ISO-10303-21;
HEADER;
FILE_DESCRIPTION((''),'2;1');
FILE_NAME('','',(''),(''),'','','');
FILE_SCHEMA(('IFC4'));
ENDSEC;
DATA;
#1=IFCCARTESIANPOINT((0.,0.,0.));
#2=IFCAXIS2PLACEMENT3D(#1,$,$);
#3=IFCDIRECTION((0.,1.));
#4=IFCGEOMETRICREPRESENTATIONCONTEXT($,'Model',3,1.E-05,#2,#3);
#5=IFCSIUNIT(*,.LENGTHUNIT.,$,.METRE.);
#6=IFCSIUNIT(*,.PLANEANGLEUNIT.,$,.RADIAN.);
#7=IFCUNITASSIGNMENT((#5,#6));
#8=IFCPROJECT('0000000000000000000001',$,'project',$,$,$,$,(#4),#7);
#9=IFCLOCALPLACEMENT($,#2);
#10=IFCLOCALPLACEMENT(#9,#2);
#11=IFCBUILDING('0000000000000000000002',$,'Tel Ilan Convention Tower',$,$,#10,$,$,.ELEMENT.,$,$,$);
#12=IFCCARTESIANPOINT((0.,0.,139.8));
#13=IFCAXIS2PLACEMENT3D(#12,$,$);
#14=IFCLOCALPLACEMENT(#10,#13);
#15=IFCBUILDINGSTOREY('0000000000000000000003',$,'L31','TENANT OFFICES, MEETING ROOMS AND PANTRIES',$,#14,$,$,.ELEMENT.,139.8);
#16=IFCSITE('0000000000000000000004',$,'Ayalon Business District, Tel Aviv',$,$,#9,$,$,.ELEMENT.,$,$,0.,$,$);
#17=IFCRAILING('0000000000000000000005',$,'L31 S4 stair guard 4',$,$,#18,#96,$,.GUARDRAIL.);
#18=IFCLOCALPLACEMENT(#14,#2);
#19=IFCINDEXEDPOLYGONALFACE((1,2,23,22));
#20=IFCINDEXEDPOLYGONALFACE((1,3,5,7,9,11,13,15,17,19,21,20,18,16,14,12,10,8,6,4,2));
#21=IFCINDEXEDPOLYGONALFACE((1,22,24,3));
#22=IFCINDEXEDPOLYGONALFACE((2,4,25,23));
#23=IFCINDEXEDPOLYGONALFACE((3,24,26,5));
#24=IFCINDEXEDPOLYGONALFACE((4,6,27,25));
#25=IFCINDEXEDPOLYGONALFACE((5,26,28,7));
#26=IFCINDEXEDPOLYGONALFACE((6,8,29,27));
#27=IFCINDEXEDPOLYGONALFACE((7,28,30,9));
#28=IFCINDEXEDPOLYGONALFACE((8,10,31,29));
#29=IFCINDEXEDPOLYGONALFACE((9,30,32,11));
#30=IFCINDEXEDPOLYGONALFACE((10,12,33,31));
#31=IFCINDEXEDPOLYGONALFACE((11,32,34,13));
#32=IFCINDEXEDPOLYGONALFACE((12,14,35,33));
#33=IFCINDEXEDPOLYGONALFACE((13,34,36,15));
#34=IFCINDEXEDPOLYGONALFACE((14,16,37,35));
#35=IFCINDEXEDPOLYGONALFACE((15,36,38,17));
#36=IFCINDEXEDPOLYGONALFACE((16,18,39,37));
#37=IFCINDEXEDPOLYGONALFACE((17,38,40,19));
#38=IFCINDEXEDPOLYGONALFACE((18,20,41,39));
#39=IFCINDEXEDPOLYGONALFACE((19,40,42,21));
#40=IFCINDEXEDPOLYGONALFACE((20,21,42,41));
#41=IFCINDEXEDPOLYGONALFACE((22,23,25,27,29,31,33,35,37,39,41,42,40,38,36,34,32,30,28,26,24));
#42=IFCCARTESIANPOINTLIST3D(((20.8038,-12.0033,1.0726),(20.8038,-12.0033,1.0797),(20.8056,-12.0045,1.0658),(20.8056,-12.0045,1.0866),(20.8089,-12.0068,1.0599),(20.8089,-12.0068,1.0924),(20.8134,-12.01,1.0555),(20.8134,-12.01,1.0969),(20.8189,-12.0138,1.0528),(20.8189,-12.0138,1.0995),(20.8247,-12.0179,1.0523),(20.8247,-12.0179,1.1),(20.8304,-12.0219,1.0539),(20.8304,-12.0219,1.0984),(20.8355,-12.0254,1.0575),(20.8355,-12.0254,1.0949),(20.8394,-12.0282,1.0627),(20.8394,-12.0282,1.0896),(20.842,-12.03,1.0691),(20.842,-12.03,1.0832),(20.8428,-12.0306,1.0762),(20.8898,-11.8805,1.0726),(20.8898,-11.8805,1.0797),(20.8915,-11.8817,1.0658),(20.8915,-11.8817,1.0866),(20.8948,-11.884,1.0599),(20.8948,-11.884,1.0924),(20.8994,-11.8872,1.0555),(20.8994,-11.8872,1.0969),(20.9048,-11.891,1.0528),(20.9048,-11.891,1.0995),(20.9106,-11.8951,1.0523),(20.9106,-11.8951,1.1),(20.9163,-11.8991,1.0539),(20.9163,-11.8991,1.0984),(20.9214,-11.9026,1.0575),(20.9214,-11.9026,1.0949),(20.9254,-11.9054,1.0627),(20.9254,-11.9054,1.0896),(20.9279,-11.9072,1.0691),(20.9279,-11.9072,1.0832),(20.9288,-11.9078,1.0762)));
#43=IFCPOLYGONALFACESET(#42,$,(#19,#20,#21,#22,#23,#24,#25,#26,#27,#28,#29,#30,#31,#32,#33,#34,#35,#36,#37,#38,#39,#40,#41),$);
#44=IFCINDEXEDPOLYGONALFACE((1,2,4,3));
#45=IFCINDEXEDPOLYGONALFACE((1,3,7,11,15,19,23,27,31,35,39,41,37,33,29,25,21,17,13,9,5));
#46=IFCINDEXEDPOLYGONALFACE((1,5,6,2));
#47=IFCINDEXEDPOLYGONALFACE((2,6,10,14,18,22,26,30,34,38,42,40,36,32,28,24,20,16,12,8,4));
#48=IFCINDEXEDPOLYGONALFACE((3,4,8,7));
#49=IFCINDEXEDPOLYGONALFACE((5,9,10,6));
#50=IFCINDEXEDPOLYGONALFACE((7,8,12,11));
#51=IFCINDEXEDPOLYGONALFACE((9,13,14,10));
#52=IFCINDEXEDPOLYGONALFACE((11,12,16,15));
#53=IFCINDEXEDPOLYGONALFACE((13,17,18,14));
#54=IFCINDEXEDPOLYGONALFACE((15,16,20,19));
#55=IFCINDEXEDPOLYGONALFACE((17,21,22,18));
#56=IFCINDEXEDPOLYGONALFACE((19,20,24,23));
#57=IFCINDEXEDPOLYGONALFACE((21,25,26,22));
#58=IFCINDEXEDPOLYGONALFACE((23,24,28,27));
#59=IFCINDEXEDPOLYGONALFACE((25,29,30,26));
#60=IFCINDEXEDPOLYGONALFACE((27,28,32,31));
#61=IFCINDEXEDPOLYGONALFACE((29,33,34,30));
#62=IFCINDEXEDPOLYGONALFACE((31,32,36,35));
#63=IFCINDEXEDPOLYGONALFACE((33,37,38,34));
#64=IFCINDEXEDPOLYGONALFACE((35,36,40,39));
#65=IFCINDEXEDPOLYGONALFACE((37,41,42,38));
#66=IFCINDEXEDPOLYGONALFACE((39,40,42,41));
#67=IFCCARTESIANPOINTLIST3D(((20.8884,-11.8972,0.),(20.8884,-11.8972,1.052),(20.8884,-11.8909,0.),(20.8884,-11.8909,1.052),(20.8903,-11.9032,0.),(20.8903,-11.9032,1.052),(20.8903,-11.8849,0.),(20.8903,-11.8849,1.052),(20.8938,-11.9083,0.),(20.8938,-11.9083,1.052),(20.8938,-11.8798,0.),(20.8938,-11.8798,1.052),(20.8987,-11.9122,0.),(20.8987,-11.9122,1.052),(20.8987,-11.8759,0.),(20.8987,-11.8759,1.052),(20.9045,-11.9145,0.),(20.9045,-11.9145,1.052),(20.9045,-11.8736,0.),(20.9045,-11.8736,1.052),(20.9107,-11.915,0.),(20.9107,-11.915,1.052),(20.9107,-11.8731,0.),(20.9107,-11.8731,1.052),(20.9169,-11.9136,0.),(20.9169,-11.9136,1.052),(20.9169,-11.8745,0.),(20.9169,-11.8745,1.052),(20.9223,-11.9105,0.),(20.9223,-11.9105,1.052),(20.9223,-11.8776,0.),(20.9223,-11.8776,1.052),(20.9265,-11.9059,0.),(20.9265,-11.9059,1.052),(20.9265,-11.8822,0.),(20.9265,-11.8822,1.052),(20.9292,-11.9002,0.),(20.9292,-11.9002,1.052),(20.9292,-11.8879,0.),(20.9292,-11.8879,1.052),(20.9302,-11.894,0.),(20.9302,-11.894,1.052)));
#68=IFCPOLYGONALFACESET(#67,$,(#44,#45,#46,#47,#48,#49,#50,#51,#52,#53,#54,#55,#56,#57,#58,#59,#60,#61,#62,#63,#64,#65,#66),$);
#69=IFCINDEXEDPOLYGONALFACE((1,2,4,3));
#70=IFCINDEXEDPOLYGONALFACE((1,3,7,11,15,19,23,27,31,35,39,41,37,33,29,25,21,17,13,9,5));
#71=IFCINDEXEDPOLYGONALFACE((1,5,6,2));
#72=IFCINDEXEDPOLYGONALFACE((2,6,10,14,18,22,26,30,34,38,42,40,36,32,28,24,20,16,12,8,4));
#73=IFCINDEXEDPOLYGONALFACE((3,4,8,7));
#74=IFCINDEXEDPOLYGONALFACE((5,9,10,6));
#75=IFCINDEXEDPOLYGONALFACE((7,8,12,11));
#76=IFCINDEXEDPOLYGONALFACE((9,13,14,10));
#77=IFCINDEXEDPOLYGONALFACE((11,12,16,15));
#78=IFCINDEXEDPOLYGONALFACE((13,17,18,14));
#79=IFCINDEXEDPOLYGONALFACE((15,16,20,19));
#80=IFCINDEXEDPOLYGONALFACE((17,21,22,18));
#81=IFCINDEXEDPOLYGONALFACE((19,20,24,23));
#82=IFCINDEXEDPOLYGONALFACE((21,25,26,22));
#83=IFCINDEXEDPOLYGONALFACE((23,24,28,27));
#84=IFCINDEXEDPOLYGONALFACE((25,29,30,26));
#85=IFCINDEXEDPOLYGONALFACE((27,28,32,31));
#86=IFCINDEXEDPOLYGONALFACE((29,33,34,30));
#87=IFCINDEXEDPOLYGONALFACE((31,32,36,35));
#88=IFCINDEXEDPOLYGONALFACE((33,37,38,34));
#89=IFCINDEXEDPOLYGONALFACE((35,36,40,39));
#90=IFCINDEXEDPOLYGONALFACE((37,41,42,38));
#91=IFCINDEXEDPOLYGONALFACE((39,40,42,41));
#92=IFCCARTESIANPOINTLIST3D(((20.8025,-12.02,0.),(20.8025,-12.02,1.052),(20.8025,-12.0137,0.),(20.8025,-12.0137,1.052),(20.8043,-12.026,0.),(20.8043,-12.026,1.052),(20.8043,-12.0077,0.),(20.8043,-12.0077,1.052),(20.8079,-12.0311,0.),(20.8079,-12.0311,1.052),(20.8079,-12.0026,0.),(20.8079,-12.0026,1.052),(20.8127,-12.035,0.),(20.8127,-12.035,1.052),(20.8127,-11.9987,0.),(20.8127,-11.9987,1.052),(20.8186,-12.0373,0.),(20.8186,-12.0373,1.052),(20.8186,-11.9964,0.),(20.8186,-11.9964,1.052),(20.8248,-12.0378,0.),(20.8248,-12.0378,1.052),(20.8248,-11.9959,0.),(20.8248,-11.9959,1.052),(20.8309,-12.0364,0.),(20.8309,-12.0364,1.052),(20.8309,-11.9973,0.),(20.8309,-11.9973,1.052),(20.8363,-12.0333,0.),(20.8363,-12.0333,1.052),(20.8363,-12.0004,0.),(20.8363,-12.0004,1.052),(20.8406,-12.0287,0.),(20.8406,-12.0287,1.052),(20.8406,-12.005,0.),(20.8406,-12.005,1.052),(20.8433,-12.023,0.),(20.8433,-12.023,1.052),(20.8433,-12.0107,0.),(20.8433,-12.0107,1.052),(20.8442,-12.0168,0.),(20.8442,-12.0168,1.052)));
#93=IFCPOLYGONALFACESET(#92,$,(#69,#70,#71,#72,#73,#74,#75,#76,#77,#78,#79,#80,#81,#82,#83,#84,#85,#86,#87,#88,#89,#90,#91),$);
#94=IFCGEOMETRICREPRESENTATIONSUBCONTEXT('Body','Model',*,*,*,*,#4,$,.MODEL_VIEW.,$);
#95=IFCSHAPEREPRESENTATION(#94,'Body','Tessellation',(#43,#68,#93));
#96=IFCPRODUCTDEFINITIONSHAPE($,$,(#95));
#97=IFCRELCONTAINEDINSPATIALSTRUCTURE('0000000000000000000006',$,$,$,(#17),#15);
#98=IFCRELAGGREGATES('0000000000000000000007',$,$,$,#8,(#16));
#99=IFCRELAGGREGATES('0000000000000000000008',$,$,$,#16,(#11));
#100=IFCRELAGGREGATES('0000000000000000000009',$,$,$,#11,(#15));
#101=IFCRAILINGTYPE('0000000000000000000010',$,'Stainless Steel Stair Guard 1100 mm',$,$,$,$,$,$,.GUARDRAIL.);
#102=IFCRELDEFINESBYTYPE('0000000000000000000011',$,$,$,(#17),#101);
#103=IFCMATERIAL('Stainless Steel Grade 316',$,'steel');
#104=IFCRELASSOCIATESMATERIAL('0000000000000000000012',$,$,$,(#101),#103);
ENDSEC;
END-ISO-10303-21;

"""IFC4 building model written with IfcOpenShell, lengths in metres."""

from ifc_helpers import new_model, si_unit, direction, frame, origin, origin_2d, place, context, subcontext, project, spatial, circle, extrude, material, type_object, element, save


model = new_model("IFC4")

# Units and contexts
model_context = context("Model", 3, precision=1e-05, world=origin(), true_north=direction((0.0, 1.0)))
body_context = subcontext(model_context, "Body", "Model", "MODEL_VIEW")
ifc_project = project(units=[si_unit("LENGTHUNIT", "METRE"), si_unit("PLANEANGLEUNIT", "RADIAN")], contexts=[model_context])

# Site, building, storey
site_placement = place(None, origin())
site = spatial("IfcSite", under=ifc_project, at=site_placement, Name="Ayalon Business District, Tel Aviv", CompositionType="ELEMENT", RefElevation=0.0)
building_placement = place(site_placement, origin())
building = spatial("IfcBuilding", under=site, at=building_placement, Name="Tel Ilan Convention Tower", CompositionType="ELEMENT")
storey_placement = place(building_placement, frame((0.0, 0.0, 139.8)))
storey = spatial("IfcBuildingStorey", under=building, at=storey_placement, Name="L31", Description="TENANT OFFICES, MEETING ROOMS AND PANTRIES", CompositionType="ELEMENT", Elevation=139.8)

# Railing
ifc_material_1 = material(Name="Stainless Steel Grade 316", Category="steel")
railing_type_1 = type_object("IfcRailingType", Name="Stainless Steel Stair Guard 1100 mm", PredefinedType="GUARDRAIL", material=ifc_material_1)
railing_1_placement = place(storey_placement, frame((20.9092, -11.894, 0.0)))
element("IfcRailing", 1, at=railing_1_placement, inside=storey, type_object=railing_type_1, Name="L31 S4 stair guard 4", PredefinedType="GUARDRAIL", context=body_context, shape_type="SweptSolid", body=[
    extrude(circle(Radius=0.0239, at=origin_2d()), frame((0.0, 0.0, 1.0762), z_axis=(-0.573353, -0.819308, 0.0), x_axis=(0.819308, -0.573353, 0.0)), (0.0, 0.0, 1.0), 0.1499),
    extrude(circle(Radius=0.021, at=origin_2d()), origin(), (0.0, 0.0, 1.0), 1.052),
    extrude(circle(Radius=0.021, at=origin_2d()), frame((-0.0859, -0.1228, 0.0)), (0.0, 0.0, 1.0), 1.052),
])

save(model, "model.ifc")
